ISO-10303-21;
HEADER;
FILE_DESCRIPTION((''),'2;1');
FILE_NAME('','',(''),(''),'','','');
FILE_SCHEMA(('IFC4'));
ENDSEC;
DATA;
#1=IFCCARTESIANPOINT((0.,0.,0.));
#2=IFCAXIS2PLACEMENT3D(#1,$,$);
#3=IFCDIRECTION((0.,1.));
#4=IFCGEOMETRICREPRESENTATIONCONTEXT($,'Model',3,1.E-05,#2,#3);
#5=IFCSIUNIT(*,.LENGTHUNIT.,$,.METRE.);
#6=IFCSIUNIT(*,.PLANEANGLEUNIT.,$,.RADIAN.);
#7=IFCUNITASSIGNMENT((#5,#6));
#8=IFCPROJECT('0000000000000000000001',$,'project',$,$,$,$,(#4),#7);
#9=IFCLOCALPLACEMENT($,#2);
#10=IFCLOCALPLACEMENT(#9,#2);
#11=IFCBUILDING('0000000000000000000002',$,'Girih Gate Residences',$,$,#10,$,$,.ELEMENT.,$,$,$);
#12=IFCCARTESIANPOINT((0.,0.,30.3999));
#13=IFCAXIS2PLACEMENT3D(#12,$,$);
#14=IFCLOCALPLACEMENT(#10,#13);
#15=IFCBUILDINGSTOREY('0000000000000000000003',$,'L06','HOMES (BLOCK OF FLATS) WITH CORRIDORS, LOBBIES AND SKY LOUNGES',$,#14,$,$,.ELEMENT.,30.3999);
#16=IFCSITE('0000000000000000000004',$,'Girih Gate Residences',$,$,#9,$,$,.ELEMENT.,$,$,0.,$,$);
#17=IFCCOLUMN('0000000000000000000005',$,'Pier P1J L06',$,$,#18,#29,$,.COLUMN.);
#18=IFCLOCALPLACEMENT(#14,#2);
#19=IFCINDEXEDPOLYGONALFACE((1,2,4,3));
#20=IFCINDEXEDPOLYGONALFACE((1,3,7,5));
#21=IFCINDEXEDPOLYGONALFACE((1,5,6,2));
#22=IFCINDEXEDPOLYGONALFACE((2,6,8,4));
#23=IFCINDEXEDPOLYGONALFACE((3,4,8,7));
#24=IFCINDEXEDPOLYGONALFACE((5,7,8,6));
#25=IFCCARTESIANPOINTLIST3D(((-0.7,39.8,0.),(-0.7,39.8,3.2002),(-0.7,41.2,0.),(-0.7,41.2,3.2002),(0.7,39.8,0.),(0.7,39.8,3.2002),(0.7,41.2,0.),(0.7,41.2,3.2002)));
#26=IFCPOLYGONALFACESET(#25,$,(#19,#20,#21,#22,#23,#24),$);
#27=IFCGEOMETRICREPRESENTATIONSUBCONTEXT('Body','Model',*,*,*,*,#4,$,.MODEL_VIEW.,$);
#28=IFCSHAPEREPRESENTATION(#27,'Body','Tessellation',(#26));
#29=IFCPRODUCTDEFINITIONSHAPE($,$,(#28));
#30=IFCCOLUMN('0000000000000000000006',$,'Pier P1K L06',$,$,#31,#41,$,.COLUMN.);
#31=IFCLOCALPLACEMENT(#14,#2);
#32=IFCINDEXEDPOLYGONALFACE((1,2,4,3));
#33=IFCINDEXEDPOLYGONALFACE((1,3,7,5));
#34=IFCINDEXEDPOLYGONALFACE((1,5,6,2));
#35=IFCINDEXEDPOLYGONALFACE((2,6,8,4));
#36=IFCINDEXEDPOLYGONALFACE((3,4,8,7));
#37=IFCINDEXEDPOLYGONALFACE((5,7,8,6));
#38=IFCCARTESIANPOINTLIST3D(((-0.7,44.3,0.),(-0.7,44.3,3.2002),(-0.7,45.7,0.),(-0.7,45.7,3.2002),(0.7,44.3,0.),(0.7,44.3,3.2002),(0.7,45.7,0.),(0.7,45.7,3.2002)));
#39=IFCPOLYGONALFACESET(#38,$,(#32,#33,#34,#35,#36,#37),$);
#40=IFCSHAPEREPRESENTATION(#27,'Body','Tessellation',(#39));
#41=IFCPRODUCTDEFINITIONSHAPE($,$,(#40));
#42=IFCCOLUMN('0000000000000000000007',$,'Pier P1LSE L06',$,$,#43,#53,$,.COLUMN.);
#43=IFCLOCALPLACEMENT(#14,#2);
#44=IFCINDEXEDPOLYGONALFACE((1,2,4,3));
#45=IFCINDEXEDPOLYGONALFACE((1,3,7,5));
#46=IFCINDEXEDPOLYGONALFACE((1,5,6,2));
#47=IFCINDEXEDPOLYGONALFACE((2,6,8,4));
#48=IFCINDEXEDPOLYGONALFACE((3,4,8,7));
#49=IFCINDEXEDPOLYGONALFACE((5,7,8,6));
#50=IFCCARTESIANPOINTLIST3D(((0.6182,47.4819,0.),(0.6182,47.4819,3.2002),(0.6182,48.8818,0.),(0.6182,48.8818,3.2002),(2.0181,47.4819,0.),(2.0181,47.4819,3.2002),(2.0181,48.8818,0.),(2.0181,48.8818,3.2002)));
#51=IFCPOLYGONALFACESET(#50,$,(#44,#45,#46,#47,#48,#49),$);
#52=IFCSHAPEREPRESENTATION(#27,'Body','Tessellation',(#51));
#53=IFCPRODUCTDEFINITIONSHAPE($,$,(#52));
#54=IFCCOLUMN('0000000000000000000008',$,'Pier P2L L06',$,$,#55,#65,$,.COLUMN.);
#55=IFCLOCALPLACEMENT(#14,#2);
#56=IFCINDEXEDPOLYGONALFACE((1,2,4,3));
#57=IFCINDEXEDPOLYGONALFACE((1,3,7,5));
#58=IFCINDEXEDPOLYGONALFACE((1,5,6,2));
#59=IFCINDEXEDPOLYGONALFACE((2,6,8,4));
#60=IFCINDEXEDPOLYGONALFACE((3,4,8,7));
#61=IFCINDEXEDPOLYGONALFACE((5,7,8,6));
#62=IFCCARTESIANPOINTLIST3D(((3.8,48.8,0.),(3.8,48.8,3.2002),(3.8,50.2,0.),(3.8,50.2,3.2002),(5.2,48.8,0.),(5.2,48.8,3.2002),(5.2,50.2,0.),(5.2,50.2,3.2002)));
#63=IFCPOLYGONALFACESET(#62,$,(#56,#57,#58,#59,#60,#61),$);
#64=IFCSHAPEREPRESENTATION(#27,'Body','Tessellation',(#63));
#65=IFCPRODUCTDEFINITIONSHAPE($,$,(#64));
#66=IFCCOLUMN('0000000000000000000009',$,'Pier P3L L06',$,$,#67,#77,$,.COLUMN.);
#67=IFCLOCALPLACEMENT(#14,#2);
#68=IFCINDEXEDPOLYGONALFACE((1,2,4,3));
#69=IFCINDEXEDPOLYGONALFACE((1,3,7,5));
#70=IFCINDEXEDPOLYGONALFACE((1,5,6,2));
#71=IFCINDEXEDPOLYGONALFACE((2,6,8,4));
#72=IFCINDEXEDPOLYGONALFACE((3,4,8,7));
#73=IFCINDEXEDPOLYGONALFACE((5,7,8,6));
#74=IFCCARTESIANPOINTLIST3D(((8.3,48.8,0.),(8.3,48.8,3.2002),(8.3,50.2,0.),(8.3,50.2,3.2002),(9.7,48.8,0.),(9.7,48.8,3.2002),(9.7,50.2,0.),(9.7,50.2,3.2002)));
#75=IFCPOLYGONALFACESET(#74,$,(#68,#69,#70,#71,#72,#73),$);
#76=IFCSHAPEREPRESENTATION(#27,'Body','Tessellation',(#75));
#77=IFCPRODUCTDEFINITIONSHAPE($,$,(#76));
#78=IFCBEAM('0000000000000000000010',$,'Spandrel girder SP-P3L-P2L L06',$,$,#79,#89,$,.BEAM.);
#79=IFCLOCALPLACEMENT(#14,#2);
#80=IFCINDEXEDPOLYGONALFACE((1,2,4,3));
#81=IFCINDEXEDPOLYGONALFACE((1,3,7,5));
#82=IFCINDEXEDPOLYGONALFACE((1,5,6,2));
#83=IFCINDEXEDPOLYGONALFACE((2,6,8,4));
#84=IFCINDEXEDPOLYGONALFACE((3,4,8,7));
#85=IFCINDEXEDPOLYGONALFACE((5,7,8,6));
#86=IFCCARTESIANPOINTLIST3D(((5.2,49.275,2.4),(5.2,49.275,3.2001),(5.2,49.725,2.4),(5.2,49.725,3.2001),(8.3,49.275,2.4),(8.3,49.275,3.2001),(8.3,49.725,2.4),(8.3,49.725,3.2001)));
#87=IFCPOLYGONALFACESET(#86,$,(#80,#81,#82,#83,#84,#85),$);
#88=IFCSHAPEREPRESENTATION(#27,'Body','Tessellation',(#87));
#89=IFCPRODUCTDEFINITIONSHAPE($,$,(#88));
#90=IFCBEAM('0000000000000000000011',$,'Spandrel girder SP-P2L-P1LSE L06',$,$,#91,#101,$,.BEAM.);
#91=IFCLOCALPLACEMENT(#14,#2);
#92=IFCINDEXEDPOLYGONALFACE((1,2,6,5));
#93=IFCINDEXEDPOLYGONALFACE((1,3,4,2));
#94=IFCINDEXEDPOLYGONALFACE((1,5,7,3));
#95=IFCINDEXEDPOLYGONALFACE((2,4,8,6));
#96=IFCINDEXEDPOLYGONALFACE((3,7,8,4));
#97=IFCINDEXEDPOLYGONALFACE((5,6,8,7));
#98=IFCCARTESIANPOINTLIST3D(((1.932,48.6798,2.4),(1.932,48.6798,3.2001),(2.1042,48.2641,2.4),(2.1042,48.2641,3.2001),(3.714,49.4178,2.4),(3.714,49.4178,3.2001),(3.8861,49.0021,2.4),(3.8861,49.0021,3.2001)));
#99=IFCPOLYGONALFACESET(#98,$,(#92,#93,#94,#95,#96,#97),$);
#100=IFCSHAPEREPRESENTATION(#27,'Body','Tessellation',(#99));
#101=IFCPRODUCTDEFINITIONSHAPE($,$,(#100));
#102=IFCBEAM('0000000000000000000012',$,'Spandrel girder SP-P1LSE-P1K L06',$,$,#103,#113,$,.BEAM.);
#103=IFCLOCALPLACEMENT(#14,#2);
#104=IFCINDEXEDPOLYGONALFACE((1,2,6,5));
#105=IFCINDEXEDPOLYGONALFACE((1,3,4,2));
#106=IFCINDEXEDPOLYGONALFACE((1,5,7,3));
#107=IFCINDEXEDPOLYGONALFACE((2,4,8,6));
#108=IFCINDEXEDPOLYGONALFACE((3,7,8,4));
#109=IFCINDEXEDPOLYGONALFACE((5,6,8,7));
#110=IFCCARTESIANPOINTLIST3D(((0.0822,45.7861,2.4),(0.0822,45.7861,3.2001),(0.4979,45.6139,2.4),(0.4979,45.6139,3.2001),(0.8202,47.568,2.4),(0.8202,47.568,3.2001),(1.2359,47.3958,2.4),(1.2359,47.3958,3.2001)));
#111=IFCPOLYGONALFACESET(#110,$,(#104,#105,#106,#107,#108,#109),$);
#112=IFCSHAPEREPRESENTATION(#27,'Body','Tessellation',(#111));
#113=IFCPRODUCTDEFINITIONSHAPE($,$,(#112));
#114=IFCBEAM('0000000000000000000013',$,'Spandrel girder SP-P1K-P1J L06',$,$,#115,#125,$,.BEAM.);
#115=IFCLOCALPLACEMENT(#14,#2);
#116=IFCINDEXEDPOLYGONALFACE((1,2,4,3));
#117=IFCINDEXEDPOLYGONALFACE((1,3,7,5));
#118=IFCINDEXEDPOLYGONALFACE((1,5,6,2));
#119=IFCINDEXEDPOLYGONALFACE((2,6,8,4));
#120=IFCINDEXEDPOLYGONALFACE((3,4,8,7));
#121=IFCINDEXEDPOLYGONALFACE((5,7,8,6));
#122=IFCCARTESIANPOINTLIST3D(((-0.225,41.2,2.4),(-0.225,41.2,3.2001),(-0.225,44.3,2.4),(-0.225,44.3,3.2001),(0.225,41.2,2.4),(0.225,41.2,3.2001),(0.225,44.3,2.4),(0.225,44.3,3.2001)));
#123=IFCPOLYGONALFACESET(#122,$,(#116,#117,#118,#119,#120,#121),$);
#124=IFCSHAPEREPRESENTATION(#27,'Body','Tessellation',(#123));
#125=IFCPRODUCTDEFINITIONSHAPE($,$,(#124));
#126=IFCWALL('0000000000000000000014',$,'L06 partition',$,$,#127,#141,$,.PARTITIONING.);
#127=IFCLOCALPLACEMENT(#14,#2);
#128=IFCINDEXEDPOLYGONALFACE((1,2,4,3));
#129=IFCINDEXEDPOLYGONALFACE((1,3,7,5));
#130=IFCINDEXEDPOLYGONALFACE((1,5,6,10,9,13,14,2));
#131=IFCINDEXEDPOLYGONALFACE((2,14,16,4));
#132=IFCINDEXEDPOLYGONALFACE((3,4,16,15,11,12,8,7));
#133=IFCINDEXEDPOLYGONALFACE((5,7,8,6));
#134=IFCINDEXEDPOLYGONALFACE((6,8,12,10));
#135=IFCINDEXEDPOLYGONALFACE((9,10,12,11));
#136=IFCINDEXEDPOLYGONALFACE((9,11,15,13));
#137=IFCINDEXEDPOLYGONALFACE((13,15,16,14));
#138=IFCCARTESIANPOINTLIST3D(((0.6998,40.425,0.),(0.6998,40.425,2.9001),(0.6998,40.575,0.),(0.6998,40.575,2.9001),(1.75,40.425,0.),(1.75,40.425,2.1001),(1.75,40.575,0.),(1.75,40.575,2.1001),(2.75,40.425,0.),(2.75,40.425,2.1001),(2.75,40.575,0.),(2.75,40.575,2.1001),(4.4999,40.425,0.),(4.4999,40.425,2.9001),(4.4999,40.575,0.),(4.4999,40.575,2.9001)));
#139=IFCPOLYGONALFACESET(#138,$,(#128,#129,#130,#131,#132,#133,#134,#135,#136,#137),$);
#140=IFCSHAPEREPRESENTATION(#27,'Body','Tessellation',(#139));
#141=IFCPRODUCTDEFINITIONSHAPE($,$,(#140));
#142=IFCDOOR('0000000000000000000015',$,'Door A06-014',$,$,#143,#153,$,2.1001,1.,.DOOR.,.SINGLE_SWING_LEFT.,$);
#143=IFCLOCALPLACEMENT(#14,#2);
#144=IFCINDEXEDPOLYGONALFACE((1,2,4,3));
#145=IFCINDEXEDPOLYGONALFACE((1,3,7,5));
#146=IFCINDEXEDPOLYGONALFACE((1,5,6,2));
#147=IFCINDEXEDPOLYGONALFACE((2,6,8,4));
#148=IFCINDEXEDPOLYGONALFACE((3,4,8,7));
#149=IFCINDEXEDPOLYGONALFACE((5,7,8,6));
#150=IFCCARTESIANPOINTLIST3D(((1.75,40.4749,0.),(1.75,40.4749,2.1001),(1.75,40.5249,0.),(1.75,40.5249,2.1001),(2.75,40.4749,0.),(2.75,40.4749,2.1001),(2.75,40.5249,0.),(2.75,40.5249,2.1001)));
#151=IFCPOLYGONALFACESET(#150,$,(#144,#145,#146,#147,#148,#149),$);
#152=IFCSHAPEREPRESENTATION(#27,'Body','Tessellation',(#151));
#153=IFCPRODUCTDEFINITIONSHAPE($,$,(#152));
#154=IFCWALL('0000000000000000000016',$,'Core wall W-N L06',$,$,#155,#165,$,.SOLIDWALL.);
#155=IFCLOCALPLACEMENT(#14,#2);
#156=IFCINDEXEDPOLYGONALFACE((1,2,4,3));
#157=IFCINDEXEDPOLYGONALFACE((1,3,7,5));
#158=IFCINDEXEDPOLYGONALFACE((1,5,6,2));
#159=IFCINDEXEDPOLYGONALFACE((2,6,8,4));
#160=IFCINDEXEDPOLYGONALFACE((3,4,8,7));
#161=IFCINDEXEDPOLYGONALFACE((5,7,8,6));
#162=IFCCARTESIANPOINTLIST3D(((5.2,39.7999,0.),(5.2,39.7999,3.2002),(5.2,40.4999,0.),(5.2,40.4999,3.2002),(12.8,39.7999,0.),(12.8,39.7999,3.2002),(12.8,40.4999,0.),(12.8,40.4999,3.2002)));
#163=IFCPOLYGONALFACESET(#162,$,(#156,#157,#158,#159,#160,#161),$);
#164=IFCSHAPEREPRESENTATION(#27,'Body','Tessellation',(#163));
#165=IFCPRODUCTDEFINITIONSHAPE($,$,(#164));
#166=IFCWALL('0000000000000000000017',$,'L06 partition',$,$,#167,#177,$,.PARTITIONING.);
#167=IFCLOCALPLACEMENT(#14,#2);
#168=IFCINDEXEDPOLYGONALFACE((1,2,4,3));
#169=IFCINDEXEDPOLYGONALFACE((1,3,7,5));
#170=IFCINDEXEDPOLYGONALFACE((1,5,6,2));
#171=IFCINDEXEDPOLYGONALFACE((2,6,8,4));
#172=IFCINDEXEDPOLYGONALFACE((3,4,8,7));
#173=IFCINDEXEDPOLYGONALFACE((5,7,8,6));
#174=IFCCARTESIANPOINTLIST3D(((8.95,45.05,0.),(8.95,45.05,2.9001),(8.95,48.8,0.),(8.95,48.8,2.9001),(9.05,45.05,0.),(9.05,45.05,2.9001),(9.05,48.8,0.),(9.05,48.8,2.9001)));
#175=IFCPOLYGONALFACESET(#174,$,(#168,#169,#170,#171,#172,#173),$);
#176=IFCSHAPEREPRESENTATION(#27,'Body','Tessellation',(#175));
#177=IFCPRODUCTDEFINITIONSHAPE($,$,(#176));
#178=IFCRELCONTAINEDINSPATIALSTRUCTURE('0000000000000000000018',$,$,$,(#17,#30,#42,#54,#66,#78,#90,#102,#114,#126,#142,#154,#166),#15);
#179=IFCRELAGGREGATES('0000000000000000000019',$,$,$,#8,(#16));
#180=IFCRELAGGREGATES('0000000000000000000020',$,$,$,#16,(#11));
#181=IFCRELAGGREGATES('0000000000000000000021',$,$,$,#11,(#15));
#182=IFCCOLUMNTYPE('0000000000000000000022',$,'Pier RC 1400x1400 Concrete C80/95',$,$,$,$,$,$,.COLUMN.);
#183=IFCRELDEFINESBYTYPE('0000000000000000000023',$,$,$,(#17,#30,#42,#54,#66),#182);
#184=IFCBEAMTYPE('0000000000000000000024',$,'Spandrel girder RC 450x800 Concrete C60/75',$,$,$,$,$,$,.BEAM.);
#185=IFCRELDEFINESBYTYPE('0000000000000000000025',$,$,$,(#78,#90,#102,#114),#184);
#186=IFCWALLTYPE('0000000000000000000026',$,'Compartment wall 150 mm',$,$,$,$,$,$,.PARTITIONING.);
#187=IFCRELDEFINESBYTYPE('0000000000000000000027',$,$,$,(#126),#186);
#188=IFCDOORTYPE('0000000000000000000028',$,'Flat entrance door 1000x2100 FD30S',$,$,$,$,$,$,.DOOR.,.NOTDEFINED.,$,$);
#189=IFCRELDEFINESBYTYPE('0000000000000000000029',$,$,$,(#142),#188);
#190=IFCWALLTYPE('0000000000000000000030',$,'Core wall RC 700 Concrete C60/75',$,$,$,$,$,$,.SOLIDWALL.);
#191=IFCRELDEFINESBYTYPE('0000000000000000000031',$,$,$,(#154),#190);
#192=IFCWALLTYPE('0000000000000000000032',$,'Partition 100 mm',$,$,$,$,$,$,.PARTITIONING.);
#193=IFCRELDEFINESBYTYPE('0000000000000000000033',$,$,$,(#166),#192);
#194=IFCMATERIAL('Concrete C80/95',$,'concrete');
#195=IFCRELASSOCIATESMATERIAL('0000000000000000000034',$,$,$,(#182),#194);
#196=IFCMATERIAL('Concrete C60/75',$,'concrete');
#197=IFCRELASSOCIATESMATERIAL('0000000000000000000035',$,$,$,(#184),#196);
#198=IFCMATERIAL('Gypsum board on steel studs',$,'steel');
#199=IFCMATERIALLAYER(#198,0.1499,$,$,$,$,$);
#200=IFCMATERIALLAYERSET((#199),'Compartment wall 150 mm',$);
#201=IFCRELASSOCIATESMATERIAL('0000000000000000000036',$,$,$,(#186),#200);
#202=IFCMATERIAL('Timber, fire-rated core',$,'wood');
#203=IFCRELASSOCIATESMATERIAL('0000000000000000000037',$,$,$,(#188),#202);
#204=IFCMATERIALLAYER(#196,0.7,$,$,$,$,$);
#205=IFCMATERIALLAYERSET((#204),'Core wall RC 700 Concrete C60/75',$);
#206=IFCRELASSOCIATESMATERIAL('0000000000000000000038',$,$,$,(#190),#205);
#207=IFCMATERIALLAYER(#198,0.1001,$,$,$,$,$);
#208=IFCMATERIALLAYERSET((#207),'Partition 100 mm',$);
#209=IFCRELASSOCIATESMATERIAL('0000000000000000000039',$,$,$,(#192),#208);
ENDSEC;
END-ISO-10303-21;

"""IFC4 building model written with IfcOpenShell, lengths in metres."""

from ifc_helpers import new_model, si_unit, direction, frame, frame_2d, origin, origin_2d, place, context, subcontext, project, spatial, rectangle, extrude, material, layer, layer_set, material_profile, profile_set, type_object, element, fill, save


model = new_model("IFC4")

# Units and contexts
model_context = context("Model", 3, precision=1e-05, world=origin(), true_north=direction((0.0, 1.0)))
body_context = subcontext(model_context, "Body", "Model", "MODEL_VIEW")
ifc_project = project(units=[si_unit("LENGTHUNIT", "METRE"), si_unit("PLANEANGLEUNIT", "RADIAN")], contexts=[model_context])

# Site, building, storey
site_placement = place(None, origin())
site = spatial("IfcSite", under=ifc_project, at=site_placement, Name="Girih Gate Residences", CompositionType="ELEMENT", RefElevation=0.0)
building_placement = place(site_placement, origin())
building = spatial("IfcBuilding", under=site, at=building_placement, Name="Girih Gate Residences", CompositionType="ELEMENT")
storey_placement = place(building_placement, frame((0.0, 0.0, 30.3999)))
storey = spatial("IfcBuildingStorey", under=building, at=storey_placement, Name="L06", Description="HOMES (BLOCK OF FLATS) WITH CORRIDORS, LOBBIES AND SKY LOUNGES", CompositionType="ELEMENT", Elevation=30.3999)

# Columns
ifc_material_1 = material(Name="Concrete C80/95", Category="concrete")
ifc_material_profile_1 = material_profile(ifc_material_1, rectangle(XDim=1.3999, YDim=1.3999, at=origin_2d()))
ifc_profile_set_1 = profile_set([ifc_material_profile_1], Name="Concrete C80/95")
column_type = type_object("IfcColumnType", Name="Pier RC 1400x1400 Concrete C80/95", PredefinedType="COLUMN", material=ifc_profile_set_1)
for number, where, z_axis, x_axis, name in (
    (1, (0.0, 40.5, 0.0), (0.0, 0.0, 1.0), (1.0, 0.0, 0.0), "Pier P1J L06"),
    (2, (0.0, 45.0, 0.0), (0.0, 0.0, 1.0), (1.0, 0.0, 0.0), "Pier P1K L06"),
    (3, (1.3181, 48.1819, 0.0), (0.0, 0.0, 1.0), (1.0, 0.0, 0.0), "Pier P1LSE L06"),
    (4, (4.5, 49.5, 0.0), (0.0, 0.0, 1.0), (1.0, 0.0, 0.0), "Pier P2L L06"),
    (5, (9.0, 49.5, 0.0), (0.0, 0.0, 1.0), (1.0, 0.0, 0.0), "Pier P3L L06"),
):
    element("IfcColumn", number, at=place(storey_placement, frame(where, z_axis=z_axis, x_axis=x_axis)), inside=storey, type_object=column_type, Name=name, PredefinedType="COLUMN", context=body_context, shape_type="SweptSolid", body=[
        extrude(rectangle(XDim=1.3999, YDim=1.3999, at=origin_2d()), origin(), (0.0, 0.0, 1.0), 3.2002),
    ])

# Beams
ifc_material_2 = material(Name="Concrete C60/75", Category="concrete")
ifc_material_profile_2 = material_profile(ifc_material_2, rectangle(XDim=0.45, YDim=0.8, at=origin_2d()))
ifc_profile_set_2 = profile_set([ifc_material_profile_2], Name="Concrete C60/75")
beam_type = type_object("IfcBeamType", Name="Spandrel girder RC 450x800 Concrete C60/75", PredefinedType="BEAM", material=ifc_profile_set_2)
beam_1_placement = place(storey_placement, frame((8.3, 49.5, 2.8), z_axis=(-1.0, 0.0, 0.0), x_axis=(0.0, -1.0, 0.0)))
element("IfcBeam", 6, at=beam_1_placement, inside=storey, type_object=beam_type, Name="Spandrel girder SP-P3L-P2L L06", PredefinedType="BEAM", context=body_context, shape_type="SweptSolid", body=[
    extrude(rectangle(XDim=0.45, YDim=0.8, at=origin_2d()), origin(), (0.0, 0.0, 1.0), 3.1001),
])
for number, where, z_axis, x_axis, name in (
    (7, (3.8, 49.21, 2.8), (-0.923895, -0.382646, 0.0), (0.382646, -0.923895, 0.0), "Spandrel girder SP-P2L-P1LSE L06"),
    (8, (1.0281, 47.4819, 2.8), (-0.382646, -0.923895, 0.0), (0.923895, -0.382646, 0.0), "Spandrel girder SP-P1LSE-P1K L06"),
):
    element("IfcBeam", number, at=place(storey_placement, frame(where, z_axis=z_axis, x_axis=x_axis)), inside=storey, type_object=beam_type, Name=name, PredefinedType="BEAM", context=body_context, shape_type="SweptSolid", body=[
        extrude(rectangle(XDim=0.45, YDim=0.8, at=origin_2d()), origin(), (0.0, 0.0, 1.0), 1.9287),
    ])
beam_2_placement = place(storey_placement, frame((0.0, 44.3, 2.8), z_axis=(0.0, -1.0, 0.0), x_axis=(1.0, 0.0, 0.0)))
element("IfcBeam", 9, at=beam_2_placement, inside=storey, type_object=beam_type, Name="Spandrel girder SP-P1K-P1J L06", PredefinedType="BEAM", context=body_context, shape_type="SweptSolid", body=[
    extrude(rectangle(XDim=0.45, YDim=0.8, at=origin_2d()), origin(), (0.0, 0.0, 1.0), 3.1001),
])

# Wall, opening, door
ifc_material_3 = material(Name="Gypsum board on steel studs", Category="steel")
ifc_layer_1 = layer(ifc_material_3, 0.1499)
ifc_layer_set_1 = layer_set([ifc_layer_1], Name="Compartment wall 150 mm")
wall_type_1 = type_object("IfcWallType", Name="Compartment wall 150 mm", PredefinedType="PARTITIONING", material=ifc_layer_set_1)
wall_1_placement = place(storey_placement, frame((0.7, 40.5, 0.0), z_axis=(0.0, 0.0, 1.0), x_axis=(1.0, 0.0, 0.0)))
wall_1 = element("IfcWall", 10, at=wall_1_placement, inside=storey, type_object=wall_type_1, Name="L06 partition", PredefinedType="PARTITIONING", context=body_context, shape_type="SweptSolid", body=[
    extrude(rectangle(XDim=3.8, YDim=0.1499, at=frame_2d((1.8999, 0.0))), origin(), (0.0, 0.0, 1.0), 2.9001),
])
opening_1_placement = place(wall_1_placement, frame((1.05, 0.0, 0.0)))
opening_1 = element("IfcOpeningElement", 11, at=opening_1_placement, cuts=wall_1, PredefinedType="OPENING", context=body_context, shape_type="SweptSolid", body=[
    extrude(rectangle(XDim=1.0, YDim=2.1001, at=frame_2d((0.5, 1.05))), frame((0.0, 0.085, 0.0), z_axis=(0.0, -1.0, 0.0), x_axis=(1.0, 0.0, 0.0)), (0.0, 0.0, 1.0), 0.1699),
])
ifc_material_4 = material(Name="Timber, fire-rated core", Category="wood")
door_type_1 = type_object("IfcDoorType", Name="Flat entrance door 1000x2100 FD30S", OperationType="NOTDEFINED", PredefinedType="DOOR", material=ifc_material_4)
door_1_placement = place(opening_1_placement, origin())
door_1 = element("IfcDoor", 12, at=door_1_placement, inside=storey, type_object=door_type_1, Name="Door A06-014", OperationType="SINGLE_SWING_LEFT", OverallHeight=2.1001, OverallWidth=1.0, PredefinedType="DOOR", context=body_context, shape_type="SweptSolid", body=[
    extrude(rectangle(XDim=1.0, YDim=2.1001, at=frame_2d((0.5, 1.05))), frame((0.0, 0.0249, 0.0), z_axis=(0.0, -1.0, 0.0), x_axis=(1.0, 0.0, 0.0)), (0.0, 0.0, 1.0), 0.05),
])
fill(opening_1, door_1)

# Walls
ifc_layer_2 = layer(ifc_material_2, 0.7)
ifc_layer_set_2 = layer_set([ifc_layer_2], Name="Core wall RC 700 Concrete C60/75")
wall_type_2 = type_object("IfcWallType", Name="Core wall RC 700 Concrete C60/75", PredefinedType="SOLIDWALL", material=ifc_layer_set_2)
wall_2_placement = place(storey_placement, frame((5.2, 40.1499, 0.0), z_axis=(0.0, 0.0, 1.0), x_axis=(1.0, 0.0, 0.0)))
element("IfcWall", 13, at=wall_2_placement, inside=storey, type_object=wall_type_2, Name="Core wall W-N L06", PredefinedType="SOLIDWALL", context=body_context, shape_type="SweptSolid", body=[
    extrude(rectangle(XDim=7.6001, YDim=0.7, at=frame_2d((3.8, 0.0))), origin(), (0.0, 0.0, 1.0), 3.2002),
])
ifc_layer_3 = layer(ifc_material_3, 0.1001)
ifc_layer_set_3 = layer_set([ifc_layer_3], Name="Partition 100 mm")
wall_type_3 = type_object("IfcWallType", Name="Partition 100 mm", PredefinedType="PARTITIONING", material=ifc_layer_set_3)
wall_3_placement = place(storey_placement, frame((9.0, 45.05, 0.0), z_axis=(0.0, 0.0, 1.0), x_axis=(0.0, 1.0, 0.0)))
element("IfcWall", 14, at=wall_3_placement, inside=storey, type_object=wall_type_3, Name="L06 partition", PredefinedType="PARTITIONING", context=body_context, shape_type="SweptSolid", body=[
    extrude(rectangle(XDim=3.75, YDim=0.1001, at=frame_2d((1.875, 0.0))), origin(), (0.0, 0.0, 1.0), 2.9001),
])

save(model, "model.ifc")
